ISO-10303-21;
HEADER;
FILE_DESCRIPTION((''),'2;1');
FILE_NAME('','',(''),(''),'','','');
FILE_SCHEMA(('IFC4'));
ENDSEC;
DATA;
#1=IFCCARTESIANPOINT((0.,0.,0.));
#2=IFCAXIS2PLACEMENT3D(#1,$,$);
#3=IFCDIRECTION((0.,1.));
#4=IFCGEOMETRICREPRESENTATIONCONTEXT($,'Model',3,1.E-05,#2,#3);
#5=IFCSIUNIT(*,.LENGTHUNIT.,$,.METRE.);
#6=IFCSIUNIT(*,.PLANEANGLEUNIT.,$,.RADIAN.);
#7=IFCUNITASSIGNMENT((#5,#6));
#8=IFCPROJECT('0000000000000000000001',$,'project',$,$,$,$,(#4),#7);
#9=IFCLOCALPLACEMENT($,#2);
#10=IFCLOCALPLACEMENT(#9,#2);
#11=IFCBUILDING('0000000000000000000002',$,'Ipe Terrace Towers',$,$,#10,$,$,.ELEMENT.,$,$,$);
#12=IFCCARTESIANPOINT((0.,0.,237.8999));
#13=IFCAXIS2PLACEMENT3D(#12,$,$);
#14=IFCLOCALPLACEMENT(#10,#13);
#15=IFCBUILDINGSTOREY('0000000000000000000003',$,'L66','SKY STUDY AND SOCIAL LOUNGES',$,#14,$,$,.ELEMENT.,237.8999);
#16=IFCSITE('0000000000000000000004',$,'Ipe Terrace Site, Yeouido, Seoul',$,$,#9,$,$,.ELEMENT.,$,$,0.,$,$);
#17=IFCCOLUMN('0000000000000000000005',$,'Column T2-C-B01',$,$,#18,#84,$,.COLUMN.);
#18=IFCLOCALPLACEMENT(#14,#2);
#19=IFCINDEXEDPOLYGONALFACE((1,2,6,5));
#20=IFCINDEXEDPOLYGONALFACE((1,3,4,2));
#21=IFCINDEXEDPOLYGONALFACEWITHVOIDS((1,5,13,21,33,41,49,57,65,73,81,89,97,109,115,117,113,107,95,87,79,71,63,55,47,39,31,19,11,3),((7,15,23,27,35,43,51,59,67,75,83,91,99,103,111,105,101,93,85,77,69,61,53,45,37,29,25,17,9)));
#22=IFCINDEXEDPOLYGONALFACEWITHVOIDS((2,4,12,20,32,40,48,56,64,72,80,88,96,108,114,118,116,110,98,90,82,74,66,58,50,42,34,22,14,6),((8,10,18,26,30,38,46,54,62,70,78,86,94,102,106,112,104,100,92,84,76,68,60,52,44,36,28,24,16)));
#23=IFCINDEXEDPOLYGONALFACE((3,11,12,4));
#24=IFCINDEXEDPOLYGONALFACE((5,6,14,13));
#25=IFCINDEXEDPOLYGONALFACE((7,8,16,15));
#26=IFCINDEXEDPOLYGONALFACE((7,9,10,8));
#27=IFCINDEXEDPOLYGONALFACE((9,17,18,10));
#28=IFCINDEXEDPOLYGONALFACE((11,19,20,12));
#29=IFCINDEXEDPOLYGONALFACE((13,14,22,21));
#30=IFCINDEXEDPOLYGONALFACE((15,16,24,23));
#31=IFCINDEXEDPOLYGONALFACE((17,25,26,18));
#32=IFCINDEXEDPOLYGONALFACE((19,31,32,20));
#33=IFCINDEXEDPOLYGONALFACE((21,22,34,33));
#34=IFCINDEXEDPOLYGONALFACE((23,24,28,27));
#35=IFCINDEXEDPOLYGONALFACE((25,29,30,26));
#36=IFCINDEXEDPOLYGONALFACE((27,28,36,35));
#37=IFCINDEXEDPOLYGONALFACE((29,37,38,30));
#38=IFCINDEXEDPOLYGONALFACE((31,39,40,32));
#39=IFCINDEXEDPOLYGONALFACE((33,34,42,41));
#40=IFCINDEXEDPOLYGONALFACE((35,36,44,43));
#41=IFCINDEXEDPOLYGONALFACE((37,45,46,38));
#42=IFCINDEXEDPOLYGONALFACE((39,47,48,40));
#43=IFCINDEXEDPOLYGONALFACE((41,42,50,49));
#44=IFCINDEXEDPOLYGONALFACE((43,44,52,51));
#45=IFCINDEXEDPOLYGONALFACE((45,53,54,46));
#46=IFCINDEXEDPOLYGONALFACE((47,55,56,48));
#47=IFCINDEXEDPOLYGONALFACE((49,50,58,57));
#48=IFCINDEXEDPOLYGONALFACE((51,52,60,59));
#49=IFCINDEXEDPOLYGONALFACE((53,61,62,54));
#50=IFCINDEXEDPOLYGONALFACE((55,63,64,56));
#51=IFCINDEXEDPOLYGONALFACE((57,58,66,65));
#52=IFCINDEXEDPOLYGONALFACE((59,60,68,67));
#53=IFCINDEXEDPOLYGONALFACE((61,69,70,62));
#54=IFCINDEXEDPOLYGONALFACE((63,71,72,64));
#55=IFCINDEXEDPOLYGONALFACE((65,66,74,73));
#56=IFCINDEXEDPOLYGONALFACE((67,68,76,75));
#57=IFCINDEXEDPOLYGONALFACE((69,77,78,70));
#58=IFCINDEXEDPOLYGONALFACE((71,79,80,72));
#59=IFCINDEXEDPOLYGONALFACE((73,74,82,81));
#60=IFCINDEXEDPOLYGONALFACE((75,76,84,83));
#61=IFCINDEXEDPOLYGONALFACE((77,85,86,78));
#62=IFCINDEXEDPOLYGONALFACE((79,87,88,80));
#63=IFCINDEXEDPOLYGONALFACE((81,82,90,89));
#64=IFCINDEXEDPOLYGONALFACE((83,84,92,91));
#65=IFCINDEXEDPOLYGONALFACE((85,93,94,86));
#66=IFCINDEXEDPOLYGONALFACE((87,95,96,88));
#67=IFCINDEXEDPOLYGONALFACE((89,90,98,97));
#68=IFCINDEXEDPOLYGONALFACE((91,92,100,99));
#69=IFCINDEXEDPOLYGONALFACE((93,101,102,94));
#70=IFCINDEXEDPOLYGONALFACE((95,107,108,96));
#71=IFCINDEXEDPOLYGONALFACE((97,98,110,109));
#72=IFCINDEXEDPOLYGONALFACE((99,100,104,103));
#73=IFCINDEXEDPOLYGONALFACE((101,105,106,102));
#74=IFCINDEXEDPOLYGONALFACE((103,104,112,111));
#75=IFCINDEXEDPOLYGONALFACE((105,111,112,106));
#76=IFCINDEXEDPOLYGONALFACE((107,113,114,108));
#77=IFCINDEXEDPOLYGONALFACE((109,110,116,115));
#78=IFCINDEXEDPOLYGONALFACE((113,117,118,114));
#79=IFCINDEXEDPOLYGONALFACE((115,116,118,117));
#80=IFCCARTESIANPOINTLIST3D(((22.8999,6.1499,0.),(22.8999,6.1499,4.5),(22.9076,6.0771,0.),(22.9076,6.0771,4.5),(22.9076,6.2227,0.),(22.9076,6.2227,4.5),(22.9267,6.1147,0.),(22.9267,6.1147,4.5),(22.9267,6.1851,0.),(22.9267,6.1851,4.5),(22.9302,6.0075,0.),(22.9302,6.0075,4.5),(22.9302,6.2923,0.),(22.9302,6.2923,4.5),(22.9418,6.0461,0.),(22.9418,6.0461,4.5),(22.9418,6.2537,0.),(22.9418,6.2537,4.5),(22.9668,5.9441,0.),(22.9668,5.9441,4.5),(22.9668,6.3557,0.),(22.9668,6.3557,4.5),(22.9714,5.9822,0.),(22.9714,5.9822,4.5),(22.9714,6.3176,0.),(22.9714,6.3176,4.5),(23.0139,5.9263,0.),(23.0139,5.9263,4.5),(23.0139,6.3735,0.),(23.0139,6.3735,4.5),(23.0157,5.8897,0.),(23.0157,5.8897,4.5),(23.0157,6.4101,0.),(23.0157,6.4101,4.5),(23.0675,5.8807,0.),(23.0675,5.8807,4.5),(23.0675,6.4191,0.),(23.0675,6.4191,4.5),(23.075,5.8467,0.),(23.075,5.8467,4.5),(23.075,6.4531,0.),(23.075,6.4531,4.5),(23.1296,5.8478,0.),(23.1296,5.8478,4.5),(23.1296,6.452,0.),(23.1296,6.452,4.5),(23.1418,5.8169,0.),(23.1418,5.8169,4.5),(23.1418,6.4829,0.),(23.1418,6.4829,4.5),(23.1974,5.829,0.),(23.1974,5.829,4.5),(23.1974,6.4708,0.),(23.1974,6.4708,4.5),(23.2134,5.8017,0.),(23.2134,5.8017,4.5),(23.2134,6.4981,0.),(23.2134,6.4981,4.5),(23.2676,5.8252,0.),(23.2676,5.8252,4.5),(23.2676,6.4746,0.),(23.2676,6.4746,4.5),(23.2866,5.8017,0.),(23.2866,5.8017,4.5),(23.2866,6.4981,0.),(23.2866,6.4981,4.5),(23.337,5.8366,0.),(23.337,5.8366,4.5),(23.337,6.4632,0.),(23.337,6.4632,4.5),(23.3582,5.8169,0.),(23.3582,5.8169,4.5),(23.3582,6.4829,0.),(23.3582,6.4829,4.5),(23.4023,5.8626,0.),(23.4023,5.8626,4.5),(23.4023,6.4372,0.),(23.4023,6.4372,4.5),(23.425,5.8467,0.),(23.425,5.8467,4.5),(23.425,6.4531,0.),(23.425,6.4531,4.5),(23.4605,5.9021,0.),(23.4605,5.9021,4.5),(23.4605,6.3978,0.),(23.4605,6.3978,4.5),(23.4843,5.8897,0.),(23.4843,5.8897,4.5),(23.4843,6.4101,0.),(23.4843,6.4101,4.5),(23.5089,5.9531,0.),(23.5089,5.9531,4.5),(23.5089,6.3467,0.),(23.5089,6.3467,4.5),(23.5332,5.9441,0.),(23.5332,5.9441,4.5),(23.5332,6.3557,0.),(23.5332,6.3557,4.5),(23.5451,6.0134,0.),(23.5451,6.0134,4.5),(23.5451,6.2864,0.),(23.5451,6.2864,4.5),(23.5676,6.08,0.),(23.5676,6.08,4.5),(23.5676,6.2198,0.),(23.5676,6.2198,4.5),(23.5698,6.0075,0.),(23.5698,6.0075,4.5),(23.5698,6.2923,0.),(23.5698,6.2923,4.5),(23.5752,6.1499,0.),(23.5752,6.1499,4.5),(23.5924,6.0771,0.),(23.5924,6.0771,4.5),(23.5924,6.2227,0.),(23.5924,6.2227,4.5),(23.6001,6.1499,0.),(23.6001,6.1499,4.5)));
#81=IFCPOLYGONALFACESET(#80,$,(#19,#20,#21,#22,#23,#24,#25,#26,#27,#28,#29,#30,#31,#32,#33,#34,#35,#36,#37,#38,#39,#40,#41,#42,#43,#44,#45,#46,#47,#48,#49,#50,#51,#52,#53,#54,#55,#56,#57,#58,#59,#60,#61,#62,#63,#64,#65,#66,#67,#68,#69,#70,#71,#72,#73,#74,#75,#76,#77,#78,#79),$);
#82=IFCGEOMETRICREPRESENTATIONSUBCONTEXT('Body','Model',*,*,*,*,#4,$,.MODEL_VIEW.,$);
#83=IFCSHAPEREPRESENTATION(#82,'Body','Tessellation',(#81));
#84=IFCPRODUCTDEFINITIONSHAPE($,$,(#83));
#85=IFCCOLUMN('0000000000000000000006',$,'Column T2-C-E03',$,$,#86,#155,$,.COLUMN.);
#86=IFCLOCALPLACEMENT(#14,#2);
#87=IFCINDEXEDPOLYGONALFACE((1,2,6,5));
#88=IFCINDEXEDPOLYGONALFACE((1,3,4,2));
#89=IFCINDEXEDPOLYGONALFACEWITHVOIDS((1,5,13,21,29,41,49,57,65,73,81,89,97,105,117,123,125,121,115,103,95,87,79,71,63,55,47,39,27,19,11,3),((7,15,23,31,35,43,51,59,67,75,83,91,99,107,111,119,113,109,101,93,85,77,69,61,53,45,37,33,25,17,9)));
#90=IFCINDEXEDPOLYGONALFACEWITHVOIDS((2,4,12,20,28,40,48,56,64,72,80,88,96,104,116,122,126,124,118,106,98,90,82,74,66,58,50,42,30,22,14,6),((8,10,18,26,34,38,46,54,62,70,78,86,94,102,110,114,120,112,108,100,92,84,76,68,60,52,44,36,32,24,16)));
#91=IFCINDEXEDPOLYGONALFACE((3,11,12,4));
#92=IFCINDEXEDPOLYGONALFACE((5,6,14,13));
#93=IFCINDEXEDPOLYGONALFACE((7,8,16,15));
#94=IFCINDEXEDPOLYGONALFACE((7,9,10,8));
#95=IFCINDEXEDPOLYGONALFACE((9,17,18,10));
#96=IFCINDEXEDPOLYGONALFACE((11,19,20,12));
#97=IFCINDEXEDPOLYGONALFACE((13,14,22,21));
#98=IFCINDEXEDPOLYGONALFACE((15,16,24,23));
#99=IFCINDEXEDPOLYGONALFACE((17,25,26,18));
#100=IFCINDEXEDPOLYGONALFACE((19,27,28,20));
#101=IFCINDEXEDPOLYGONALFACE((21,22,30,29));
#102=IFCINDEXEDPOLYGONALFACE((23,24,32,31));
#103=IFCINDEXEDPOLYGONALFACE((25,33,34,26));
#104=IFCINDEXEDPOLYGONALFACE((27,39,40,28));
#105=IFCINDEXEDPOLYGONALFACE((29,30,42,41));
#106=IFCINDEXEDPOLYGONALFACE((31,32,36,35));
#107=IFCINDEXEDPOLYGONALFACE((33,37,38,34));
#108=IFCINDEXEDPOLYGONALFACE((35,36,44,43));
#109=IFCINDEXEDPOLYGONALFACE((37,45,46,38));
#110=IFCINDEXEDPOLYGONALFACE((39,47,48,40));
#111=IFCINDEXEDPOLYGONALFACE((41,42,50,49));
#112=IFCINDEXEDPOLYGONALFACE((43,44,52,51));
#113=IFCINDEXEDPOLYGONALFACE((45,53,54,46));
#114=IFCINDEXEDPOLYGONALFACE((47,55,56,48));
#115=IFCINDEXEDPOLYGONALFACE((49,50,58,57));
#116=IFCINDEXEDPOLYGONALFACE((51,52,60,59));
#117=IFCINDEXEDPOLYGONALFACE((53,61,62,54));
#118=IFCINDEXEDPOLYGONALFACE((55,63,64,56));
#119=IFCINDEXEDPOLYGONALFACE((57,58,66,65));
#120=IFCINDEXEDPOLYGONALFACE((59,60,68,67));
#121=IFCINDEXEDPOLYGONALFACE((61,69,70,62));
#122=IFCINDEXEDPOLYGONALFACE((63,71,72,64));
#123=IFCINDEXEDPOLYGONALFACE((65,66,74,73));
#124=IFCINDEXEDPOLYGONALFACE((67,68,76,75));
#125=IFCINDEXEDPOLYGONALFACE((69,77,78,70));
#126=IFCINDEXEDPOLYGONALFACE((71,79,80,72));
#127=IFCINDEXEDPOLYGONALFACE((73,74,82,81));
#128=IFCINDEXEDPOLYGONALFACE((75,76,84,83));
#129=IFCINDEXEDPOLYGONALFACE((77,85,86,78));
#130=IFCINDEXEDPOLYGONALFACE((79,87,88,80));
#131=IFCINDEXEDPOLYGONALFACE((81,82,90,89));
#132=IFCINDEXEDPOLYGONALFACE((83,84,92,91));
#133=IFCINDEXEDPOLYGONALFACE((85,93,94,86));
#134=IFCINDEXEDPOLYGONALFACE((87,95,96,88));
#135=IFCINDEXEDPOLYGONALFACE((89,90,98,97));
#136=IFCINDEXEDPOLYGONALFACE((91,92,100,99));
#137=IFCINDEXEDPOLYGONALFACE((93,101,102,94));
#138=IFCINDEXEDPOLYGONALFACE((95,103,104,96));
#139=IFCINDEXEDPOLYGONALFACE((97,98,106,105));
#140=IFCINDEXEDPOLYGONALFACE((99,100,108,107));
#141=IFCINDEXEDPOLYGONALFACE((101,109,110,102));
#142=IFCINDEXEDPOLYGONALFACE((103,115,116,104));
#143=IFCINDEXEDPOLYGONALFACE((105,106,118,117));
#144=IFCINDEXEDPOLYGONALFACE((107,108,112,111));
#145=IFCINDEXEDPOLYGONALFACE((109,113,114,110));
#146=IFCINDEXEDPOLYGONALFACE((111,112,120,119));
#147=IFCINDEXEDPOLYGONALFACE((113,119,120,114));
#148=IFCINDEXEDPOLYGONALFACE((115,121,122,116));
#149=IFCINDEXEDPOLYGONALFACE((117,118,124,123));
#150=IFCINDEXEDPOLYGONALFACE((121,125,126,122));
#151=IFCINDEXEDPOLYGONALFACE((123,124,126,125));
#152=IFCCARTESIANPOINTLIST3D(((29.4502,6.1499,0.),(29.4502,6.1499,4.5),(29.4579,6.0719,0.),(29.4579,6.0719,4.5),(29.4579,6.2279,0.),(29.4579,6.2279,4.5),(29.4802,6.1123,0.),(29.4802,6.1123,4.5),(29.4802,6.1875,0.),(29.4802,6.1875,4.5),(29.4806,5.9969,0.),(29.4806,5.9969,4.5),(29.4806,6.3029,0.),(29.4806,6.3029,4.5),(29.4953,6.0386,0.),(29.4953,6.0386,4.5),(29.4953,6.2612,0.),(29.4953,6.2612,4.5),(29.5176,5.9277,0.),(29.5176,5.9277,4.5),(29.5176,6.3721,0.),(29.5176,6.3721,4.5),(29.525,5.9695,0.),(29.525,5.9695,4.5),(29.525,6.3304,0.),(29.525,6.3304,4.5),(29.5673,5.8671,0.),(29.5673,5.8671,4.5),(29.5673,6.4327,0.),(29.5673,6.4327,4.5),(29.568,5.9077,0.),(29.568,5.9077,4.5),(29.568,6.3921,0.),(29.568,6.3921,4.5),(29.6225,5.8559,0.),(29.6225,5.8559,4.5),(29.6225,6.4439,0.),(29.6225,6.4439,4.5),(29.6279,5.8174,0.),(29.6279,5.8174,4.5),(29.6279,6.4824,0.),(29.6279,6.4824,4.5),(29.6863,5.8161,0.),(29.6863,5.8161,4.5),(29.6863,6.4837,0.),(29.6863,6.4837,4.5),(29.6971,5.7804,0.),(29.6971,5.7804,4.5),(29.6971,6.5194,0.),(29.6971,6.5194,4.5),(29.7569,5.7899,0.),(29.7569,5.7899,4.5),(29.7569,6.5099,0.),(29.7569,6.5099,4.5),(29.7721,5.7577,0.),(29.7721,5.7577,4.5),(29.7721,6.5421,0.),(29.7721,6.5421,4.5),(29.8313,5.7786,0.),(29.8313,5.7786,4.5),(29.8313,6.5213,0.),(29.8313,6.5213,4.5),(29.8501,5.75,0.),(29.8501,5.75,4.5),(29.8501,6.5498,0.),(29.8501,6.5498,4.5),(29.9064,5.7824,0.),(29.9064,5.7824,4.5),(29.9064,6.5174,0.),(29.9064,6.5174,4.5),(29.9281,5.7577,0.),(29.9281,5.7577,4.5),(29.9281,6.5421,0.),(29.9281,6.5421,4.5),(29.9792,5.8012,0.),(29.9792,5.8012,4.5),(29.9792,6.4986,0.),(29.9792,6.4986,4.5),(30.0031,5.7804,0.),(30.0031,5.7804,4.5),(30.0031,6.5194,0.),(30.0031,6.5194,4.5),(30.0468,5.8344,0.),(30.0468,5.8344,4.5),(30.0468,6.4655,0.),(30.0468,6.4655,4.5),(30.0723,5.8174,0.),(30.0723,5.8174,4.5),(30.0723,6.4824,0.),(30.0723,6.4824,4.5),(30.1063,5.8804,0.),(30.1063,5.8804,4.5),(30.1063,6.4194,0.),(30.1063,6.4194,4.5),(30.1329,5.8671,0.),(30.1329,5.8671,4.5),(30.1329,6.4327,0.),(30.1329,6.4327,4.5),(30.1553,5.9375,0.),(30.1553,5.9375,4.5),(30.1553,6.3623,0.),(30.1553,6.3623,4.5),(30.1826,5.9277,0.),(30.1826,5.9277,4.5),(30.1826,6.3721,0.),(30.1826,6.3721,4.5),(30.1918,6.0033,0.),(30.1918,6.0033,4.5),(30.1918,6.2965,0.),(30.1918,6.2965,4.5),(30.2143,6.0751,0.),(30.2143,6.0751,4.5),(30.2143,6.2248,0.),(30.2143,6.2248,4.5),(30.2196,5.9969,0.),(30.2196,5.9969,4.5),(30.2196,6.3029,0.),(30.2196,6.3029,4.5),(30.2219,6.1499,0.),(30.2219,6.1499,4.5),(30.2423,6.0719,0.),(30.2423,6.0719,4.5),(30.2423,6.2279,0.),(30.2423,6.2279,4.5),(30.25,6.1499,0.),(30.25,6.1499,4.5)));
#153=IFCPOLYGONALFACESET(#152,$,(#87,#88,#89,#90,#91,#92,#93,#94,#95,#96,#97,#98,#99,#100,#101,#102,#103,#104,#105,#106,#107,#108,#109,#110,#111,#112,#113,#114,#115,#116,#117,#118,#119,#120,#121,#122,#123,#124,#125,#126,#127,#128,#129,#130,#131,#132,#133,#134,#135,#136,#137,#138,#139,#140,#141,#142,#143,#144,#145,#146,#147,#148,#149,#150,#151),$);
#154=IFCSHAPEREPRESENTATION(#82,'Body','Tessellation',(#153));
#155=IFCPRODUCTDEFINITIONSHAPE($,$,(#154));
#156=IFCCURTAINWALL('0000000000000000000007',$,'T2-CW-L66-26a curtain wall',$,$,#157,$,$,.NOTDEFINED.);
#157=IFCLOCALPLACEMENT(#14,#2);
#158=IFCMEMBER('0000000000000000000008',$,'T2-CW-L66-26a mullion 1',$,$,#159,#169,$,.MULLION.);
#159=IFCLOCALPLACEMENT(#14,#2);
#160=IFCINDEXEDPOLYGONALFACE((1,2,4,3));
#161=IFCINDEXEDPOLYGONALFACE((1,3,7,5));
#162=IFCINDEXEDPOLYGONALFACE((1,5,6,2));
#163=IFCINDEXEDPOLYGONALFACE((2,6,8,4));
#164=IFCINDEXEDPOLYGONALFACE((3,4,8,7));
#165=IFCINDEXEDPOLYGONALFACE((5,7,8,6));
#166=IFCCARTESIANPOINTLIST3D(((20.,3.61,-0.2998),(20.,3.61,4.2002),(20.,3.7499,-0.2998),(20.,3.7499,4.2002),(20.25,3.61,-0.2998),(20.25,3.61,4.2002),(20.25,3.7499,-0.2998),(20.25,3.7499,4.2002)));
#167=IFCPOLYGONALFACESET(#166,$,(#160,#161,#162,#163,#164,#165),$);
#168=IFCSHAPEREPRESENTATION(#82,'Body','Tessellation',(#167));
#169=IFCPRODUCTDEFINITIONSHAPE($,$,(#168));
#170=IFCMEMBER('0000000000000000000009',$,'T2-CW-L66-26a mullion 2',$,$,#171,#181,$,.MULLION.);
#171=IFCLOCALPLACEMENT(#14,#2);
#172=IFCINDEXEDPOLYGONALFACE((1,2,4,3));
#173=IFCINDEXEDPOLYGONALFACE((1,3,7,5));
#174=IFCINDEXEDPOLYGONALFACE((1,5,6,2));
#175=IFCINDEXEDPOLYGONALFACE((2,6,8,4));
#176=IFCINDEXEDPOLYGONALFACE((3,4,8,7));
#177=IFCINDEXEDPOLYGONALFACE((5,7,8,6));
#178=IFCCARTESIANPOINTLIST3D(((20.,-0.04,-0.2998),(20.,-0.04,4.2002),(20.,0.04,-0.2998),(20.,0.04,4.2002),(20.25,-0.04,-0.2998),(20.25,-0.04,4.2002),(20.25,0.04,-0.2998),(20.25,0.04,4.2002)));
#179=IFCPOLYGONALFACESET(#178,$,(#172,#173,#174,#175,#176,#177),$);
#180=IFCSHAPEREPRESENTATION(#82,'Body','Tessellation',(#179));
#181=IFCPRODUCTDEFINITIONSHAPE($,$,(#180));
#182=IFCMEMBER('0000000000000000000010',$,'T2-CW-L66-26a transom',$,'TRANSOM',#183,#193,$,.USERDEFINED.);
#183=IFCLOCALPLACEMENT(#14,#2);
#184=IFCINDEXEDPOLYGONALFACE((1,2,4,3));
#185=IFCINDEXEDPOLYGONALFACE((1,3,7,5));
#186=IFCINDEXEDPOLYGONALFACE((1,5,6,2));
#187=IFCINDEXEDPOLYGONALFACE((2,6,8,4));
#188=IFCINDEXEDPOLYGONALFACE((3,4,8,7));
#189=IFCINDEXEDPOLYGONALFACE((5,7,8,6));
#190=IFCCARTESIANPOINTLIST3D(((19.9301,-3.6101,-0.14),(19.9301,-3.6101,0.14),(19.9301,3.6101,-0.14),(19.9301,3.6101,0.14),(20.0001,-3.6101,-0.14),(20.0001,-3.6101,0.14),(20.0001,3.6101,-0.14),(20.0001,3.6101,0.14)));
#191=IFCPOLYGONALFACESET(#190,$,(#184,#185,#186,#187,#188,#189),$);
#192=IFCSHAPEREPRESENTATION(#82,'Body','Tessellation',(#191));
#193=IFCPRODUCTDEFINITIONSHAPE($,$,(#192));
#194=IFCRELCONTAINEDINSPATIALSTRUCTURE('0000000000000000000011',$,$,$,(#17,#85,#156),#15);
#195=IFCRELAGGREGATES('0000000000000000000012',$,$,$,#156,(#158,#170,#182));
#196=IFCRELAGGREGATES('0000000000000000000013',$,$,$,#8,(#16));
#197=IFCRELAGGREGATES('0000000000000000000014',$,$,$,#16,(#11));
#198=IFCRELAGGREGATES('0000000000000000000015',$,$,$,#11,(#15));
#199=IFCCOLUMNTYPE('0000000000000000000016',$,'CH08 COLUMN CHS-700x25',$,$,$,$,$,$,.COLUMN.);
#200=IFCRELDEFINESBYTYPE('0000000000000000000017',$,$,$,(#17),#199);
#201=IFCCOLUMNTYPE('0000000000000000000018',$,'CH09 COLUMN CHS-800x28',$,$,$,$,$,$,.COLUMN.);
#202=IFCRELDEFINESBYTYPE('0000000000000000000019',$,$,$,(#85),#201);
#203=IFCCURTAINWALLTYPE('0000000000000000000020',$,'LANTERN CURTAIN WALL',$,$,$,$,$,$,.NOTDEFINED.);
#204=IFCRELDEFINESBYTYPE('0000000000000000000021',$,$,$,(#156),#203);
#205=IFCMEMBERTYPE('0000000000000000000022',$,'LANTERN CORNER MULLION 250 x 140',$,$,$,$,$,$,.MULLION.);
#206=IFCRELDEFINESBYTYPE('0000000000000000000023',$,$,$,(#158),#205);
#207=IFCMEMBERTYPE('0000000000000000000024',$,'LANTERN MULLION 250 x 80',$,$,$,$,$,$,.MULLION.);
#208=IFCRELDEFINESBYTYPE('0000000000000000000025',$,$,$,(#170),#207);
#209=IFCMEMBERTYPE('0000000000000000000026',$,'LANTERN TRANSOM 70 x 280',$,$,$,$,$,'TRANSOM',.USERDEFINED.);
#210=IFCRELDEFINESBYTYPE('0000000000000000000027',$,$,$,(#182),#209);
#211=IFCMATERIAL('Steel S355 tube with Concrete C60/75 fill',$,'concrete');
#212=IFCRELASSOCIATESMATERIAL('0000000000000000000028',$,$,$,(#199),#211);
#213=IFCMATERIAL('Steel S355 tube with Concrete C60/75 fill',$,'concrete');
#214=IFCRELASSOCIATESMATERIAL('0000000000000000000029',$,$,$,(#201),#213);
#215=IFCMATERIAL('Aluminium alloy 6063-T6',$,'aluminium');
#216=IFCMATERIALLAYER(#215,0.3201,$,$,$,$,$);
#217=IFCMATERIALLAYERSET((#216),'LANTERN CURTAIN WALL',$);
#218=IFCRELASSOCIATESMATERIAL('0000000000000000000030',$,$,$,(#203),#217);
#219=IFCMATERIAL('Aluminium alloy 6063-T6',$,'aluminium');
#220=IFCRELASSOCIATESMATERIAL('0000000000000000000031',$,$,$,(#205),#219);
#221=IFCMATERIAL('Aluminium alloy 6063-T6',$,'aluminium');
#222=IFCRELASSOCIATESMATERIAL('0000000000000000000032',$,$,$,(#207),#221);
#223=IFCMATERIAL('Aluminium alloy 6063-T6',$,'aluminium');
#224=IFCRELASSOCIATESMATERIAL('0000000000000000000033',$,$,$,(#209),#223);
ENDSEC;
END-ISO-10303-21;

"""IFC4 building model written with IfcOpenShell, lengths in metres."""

from ifc_helpers import new_model, si_unit, direction, frame, origin, origin_2d, place, context, subcontext, project, spatial, rectangle, hollow_circle, extrude, material, layer, layer_set, material_profile, profile_set, type_object, element, aggregate, save


model = new_model("IFC4")

# Units and contexts
model_context = context("Model", 3, precision=1e-05, world=origin(), true_north=direction((0.0, 1.0)))
body_context = subcontext(model_context, "Body", "Model", "MODEL_VIEW")
ifc_project = project(units=[si_unit("LENGTHUNIT", "METRE"), si_unit("PLANEANGLEUNIT", "RADIAN")], contexts=[model_context])

# Site, building, storey
site_placement = place(None, origin())
site = spatial("IfcSite", under=ifc_project, at=site_placement, Name="Ipe Terrace Site, Yeouido, Seoul", CompositionType="ELEMENT", RefElevation=0.0)
building_placement = place(site_placement, origin())
building = spatial("IfcBuilding", under=site, at=building_placement, Name="Ipe Terrace Towers", CompositionType="ELEMENT")
storey_placement = place(building_placement, frame((0.0, 0.0, 237.8999)))
storey = spatial("IfcBuildingStorey", under=building, at=storey_placement, Name="L66", Description="SKY STUDY AND SOCIAL LOUNGES", CompositionType="ELEMENT", Elevation=237.8999)

# Columns
ifc_material_1 = material(Name="Steel S355 tube with Concrete C60/75 fill", Category="concrete")
ifc_material_profile_1 = material_profile(ifc_material_1, hollow_circle(Radius=0.3501, WallThickness=0.0249, at=origin_2d()), Name="CHS-700x25")
ifc_profile_set_1 = profile_set([ifc_material_profile_1], Name="Steel S355 tube with Concrete C60/75 fill")
column_type_1 = type_object("IfcColumnType", Name="CH08 COLUMN CHS-700x25", PredefinedType="COLUMN", material=ifc_profile_set_1)
column_1_placement = place(storey_placement, frame((23.25, 6.1499, 0.0), z_axis=(0.0, 0.0, 1.0), x_axis=(1.0, 0.0, 0.0)))
element("IfcColumn", 1, at=column_1_placement, inside=storey, type_object=column_type_1, Name="Column T2-C-B01", PredefinedType="COLUMN", context=body_context, shape_type="SweptSolid", body=[
    extrude(hollow_circle(Radius=0.3501, WallThickness=0.0249, at=origin_2d()), origin(), (0.0, 0.0, 1.0), 4.5),
])
ifc_material_2 = material(Name="Steel S355 tube with Concrete C60/75 fill", Category="concrete")
ifc_material_profile_2 = material_profile(ifc_material_2, hollow_circle(Radius=0.3999, WallThickness=0.0281, at=origin_2d()), Name="CHS-800x28")
ifc_profile_set_2 = profile_set([ifc_material_profile_2], Name="Steel S355 tube with Concrete C60/75 fill")
column_type_2 = type_object("IfcColumnType", Name="CH09 COLUMN CHS-800x28", PredefinedType="COLUMN", material=ifc_profile_set_2)
column_2_placement = place(storey_placement, frame((29.8501, 6.1499, 0.0), z_axis=(0.0, 0.0, 1.0), x_axis=(1.0, 0.0, 0.0)))
element("IfcColumn", 2, at=column_2_placement, inside=storey, type_object=column_type_2, Name="Column T2-C-E03", PredefinedType="COLUMN", context=body_context, shape_type="SweptSolid", body=[
    extrude(hollow_circle(Radius=0.3999, WallThickness=0.0281, at=origin_2d()), origin(), (0.0, 0.0, 1.0), 4.5),
])

# Curtain wall, members
ifc_material_3 = material(Name="Aluminium alloy 6063-T6", Category="aluminium")
ifc_layer_1 = layer(ifc_material_3, 0.3201)
ifc_layer_set_1 = layer_set([ifc_layer_1], Name="LANTERN CURTAIN WALL")
curtain_wall_type = type_object("IfcCurtainWallType", Name="LANTERN CURTAIN WALL", PredefinedType="NOTDEFINED", material=ifc_layer_set_1)
curtain_wall_placement = place(storey_placement, origin())
curtain_wall = element("IfcCurtainWall", 3, at=curtain_wall_placement, inside=storey, type_object=curtain_wall_type, Name="T2-CW-L66-26a curtain wall", PredefinedType="NOTDEFINED")
ifc_material_4 = material(Name="Aluminium alloy 6063-T6", Category="aluminium")
ifc_material_profile_3 = material_profile(ifc_material_4, rectangle(XDim=0.25, YDim=0.1399, at=origin_2d()), Name="LANTERN CORNER MULLION 250 x 140")
ifc_profile_set_3 = profile_set([ifc_material_profile_3], Name="Aluminium alloy 6063-T6")
member_type_1 = type_object("IfcMemberType", Name="LANTERN CORNER MULLION 250 x 140", PredefinedType="MULLION", material=ifc_profile_set_3)
member_1_placement = place(storey_placement, frame((20.125, 3.6799, -0.2998), z_axis=(0.0, 0.0, 1.0), x_axis=(-1.0, 0.0, 0.0)))
member_1 = element("IfcMember", 4, at=member_1_placement, type_object=member_type_1, Name="T2-CW-L66-26a mullion 1", PredefinedType="MULLION", context=body_context, shape_type="SweptSolid", body=[
    extrude(rectangle(XDim=0.25, YDim=0.1399, at=origin_2d()), origin(), (0.0, 0.0, 1.0), 4.5),
])
ifc_material_5 = material(Name="Aluminium alloy 6063-T6", Category="aluminium")
ifc_material_profile_4 = material_profile(ifc_material_5, rectangle(XDim=0.25, YDim=0.0801, at=origin_2d()), Name="LANTERN MULLION 250 x 80")
ifc_profile_set_4 = profile_set([ifc_material_profile_4], Name="Aluminium alloy 6063-T6")
member_type_2 = type_object("IfcMemberType", Name="LANTERN MULLION 250 x 80", PredefinedType="MULLION", material=ifc_profile_set_4)
member_2_placement = place(storey_placement, frame((20.125, 0.0, -0.2998), z_axis=(0.0, 0.0, 1.0), x_axis=(-1.0, 0.0, 0.0)))
member_2 = element("IfcMember", 5, at=member_2_placement, type_object=member_type_2, Name="T2-CW-L66-26a mullion 2", PredefinedType="MULLION", context=body_context, shape_type="SweptSolid", body=[
    extrude(rectangle(XDim=0.25, YDim=0.0801, at=origin_2d()), origin(), (0.0, 0.0, 1.0), 4.5),
])
ifc_material_6 = material(Name="Aluminium alloy 6063-T6", Category="aluminium")
ifc_material_profile_5 = material_profile(ifc_material_6, rectangle(XDim=0.0701, YDim=0.28, at=origin_2d()), Name="LANTERN TRANSOM 70 x 280")
ifc_profile_set_5 = profile_set([ifc_material_profile_5], Name="Aluminium alloy 6063-T6")
member_type_3 = type_object("IfcMemberType", Name="LANTERN TRANSOM 70 x 280", ElementType="TRANSOM", PredefinedType="USERDEFINED", material=ifc_profile_set_5)
member_3_placement = place(storey_placement, frame((19.9651, 3.6101, 0.0), z_axis=(0.0, -1.0, 0.0), x_axis=(-1.0, 0.0, 0.0)))
member_3 = element("IfcMember", 6, at=member_3_placement, type_object=member_type_3, Name="T2-CW-L66-26a transom", ObjectType="TRANSOM", PredefinedType="USERDEFINED", context=body_context, shape_type="SweptSolid", body=[
    extrude(rectangle(XDim=0.0701, YDim=0.28, at=origin_2d()), origin(), (0.0, 0.0, 1.0), 7.2202),
])
aggregate(curtain_wall, [member_1, member_2, member_3])

save(model, "model.ifc")
